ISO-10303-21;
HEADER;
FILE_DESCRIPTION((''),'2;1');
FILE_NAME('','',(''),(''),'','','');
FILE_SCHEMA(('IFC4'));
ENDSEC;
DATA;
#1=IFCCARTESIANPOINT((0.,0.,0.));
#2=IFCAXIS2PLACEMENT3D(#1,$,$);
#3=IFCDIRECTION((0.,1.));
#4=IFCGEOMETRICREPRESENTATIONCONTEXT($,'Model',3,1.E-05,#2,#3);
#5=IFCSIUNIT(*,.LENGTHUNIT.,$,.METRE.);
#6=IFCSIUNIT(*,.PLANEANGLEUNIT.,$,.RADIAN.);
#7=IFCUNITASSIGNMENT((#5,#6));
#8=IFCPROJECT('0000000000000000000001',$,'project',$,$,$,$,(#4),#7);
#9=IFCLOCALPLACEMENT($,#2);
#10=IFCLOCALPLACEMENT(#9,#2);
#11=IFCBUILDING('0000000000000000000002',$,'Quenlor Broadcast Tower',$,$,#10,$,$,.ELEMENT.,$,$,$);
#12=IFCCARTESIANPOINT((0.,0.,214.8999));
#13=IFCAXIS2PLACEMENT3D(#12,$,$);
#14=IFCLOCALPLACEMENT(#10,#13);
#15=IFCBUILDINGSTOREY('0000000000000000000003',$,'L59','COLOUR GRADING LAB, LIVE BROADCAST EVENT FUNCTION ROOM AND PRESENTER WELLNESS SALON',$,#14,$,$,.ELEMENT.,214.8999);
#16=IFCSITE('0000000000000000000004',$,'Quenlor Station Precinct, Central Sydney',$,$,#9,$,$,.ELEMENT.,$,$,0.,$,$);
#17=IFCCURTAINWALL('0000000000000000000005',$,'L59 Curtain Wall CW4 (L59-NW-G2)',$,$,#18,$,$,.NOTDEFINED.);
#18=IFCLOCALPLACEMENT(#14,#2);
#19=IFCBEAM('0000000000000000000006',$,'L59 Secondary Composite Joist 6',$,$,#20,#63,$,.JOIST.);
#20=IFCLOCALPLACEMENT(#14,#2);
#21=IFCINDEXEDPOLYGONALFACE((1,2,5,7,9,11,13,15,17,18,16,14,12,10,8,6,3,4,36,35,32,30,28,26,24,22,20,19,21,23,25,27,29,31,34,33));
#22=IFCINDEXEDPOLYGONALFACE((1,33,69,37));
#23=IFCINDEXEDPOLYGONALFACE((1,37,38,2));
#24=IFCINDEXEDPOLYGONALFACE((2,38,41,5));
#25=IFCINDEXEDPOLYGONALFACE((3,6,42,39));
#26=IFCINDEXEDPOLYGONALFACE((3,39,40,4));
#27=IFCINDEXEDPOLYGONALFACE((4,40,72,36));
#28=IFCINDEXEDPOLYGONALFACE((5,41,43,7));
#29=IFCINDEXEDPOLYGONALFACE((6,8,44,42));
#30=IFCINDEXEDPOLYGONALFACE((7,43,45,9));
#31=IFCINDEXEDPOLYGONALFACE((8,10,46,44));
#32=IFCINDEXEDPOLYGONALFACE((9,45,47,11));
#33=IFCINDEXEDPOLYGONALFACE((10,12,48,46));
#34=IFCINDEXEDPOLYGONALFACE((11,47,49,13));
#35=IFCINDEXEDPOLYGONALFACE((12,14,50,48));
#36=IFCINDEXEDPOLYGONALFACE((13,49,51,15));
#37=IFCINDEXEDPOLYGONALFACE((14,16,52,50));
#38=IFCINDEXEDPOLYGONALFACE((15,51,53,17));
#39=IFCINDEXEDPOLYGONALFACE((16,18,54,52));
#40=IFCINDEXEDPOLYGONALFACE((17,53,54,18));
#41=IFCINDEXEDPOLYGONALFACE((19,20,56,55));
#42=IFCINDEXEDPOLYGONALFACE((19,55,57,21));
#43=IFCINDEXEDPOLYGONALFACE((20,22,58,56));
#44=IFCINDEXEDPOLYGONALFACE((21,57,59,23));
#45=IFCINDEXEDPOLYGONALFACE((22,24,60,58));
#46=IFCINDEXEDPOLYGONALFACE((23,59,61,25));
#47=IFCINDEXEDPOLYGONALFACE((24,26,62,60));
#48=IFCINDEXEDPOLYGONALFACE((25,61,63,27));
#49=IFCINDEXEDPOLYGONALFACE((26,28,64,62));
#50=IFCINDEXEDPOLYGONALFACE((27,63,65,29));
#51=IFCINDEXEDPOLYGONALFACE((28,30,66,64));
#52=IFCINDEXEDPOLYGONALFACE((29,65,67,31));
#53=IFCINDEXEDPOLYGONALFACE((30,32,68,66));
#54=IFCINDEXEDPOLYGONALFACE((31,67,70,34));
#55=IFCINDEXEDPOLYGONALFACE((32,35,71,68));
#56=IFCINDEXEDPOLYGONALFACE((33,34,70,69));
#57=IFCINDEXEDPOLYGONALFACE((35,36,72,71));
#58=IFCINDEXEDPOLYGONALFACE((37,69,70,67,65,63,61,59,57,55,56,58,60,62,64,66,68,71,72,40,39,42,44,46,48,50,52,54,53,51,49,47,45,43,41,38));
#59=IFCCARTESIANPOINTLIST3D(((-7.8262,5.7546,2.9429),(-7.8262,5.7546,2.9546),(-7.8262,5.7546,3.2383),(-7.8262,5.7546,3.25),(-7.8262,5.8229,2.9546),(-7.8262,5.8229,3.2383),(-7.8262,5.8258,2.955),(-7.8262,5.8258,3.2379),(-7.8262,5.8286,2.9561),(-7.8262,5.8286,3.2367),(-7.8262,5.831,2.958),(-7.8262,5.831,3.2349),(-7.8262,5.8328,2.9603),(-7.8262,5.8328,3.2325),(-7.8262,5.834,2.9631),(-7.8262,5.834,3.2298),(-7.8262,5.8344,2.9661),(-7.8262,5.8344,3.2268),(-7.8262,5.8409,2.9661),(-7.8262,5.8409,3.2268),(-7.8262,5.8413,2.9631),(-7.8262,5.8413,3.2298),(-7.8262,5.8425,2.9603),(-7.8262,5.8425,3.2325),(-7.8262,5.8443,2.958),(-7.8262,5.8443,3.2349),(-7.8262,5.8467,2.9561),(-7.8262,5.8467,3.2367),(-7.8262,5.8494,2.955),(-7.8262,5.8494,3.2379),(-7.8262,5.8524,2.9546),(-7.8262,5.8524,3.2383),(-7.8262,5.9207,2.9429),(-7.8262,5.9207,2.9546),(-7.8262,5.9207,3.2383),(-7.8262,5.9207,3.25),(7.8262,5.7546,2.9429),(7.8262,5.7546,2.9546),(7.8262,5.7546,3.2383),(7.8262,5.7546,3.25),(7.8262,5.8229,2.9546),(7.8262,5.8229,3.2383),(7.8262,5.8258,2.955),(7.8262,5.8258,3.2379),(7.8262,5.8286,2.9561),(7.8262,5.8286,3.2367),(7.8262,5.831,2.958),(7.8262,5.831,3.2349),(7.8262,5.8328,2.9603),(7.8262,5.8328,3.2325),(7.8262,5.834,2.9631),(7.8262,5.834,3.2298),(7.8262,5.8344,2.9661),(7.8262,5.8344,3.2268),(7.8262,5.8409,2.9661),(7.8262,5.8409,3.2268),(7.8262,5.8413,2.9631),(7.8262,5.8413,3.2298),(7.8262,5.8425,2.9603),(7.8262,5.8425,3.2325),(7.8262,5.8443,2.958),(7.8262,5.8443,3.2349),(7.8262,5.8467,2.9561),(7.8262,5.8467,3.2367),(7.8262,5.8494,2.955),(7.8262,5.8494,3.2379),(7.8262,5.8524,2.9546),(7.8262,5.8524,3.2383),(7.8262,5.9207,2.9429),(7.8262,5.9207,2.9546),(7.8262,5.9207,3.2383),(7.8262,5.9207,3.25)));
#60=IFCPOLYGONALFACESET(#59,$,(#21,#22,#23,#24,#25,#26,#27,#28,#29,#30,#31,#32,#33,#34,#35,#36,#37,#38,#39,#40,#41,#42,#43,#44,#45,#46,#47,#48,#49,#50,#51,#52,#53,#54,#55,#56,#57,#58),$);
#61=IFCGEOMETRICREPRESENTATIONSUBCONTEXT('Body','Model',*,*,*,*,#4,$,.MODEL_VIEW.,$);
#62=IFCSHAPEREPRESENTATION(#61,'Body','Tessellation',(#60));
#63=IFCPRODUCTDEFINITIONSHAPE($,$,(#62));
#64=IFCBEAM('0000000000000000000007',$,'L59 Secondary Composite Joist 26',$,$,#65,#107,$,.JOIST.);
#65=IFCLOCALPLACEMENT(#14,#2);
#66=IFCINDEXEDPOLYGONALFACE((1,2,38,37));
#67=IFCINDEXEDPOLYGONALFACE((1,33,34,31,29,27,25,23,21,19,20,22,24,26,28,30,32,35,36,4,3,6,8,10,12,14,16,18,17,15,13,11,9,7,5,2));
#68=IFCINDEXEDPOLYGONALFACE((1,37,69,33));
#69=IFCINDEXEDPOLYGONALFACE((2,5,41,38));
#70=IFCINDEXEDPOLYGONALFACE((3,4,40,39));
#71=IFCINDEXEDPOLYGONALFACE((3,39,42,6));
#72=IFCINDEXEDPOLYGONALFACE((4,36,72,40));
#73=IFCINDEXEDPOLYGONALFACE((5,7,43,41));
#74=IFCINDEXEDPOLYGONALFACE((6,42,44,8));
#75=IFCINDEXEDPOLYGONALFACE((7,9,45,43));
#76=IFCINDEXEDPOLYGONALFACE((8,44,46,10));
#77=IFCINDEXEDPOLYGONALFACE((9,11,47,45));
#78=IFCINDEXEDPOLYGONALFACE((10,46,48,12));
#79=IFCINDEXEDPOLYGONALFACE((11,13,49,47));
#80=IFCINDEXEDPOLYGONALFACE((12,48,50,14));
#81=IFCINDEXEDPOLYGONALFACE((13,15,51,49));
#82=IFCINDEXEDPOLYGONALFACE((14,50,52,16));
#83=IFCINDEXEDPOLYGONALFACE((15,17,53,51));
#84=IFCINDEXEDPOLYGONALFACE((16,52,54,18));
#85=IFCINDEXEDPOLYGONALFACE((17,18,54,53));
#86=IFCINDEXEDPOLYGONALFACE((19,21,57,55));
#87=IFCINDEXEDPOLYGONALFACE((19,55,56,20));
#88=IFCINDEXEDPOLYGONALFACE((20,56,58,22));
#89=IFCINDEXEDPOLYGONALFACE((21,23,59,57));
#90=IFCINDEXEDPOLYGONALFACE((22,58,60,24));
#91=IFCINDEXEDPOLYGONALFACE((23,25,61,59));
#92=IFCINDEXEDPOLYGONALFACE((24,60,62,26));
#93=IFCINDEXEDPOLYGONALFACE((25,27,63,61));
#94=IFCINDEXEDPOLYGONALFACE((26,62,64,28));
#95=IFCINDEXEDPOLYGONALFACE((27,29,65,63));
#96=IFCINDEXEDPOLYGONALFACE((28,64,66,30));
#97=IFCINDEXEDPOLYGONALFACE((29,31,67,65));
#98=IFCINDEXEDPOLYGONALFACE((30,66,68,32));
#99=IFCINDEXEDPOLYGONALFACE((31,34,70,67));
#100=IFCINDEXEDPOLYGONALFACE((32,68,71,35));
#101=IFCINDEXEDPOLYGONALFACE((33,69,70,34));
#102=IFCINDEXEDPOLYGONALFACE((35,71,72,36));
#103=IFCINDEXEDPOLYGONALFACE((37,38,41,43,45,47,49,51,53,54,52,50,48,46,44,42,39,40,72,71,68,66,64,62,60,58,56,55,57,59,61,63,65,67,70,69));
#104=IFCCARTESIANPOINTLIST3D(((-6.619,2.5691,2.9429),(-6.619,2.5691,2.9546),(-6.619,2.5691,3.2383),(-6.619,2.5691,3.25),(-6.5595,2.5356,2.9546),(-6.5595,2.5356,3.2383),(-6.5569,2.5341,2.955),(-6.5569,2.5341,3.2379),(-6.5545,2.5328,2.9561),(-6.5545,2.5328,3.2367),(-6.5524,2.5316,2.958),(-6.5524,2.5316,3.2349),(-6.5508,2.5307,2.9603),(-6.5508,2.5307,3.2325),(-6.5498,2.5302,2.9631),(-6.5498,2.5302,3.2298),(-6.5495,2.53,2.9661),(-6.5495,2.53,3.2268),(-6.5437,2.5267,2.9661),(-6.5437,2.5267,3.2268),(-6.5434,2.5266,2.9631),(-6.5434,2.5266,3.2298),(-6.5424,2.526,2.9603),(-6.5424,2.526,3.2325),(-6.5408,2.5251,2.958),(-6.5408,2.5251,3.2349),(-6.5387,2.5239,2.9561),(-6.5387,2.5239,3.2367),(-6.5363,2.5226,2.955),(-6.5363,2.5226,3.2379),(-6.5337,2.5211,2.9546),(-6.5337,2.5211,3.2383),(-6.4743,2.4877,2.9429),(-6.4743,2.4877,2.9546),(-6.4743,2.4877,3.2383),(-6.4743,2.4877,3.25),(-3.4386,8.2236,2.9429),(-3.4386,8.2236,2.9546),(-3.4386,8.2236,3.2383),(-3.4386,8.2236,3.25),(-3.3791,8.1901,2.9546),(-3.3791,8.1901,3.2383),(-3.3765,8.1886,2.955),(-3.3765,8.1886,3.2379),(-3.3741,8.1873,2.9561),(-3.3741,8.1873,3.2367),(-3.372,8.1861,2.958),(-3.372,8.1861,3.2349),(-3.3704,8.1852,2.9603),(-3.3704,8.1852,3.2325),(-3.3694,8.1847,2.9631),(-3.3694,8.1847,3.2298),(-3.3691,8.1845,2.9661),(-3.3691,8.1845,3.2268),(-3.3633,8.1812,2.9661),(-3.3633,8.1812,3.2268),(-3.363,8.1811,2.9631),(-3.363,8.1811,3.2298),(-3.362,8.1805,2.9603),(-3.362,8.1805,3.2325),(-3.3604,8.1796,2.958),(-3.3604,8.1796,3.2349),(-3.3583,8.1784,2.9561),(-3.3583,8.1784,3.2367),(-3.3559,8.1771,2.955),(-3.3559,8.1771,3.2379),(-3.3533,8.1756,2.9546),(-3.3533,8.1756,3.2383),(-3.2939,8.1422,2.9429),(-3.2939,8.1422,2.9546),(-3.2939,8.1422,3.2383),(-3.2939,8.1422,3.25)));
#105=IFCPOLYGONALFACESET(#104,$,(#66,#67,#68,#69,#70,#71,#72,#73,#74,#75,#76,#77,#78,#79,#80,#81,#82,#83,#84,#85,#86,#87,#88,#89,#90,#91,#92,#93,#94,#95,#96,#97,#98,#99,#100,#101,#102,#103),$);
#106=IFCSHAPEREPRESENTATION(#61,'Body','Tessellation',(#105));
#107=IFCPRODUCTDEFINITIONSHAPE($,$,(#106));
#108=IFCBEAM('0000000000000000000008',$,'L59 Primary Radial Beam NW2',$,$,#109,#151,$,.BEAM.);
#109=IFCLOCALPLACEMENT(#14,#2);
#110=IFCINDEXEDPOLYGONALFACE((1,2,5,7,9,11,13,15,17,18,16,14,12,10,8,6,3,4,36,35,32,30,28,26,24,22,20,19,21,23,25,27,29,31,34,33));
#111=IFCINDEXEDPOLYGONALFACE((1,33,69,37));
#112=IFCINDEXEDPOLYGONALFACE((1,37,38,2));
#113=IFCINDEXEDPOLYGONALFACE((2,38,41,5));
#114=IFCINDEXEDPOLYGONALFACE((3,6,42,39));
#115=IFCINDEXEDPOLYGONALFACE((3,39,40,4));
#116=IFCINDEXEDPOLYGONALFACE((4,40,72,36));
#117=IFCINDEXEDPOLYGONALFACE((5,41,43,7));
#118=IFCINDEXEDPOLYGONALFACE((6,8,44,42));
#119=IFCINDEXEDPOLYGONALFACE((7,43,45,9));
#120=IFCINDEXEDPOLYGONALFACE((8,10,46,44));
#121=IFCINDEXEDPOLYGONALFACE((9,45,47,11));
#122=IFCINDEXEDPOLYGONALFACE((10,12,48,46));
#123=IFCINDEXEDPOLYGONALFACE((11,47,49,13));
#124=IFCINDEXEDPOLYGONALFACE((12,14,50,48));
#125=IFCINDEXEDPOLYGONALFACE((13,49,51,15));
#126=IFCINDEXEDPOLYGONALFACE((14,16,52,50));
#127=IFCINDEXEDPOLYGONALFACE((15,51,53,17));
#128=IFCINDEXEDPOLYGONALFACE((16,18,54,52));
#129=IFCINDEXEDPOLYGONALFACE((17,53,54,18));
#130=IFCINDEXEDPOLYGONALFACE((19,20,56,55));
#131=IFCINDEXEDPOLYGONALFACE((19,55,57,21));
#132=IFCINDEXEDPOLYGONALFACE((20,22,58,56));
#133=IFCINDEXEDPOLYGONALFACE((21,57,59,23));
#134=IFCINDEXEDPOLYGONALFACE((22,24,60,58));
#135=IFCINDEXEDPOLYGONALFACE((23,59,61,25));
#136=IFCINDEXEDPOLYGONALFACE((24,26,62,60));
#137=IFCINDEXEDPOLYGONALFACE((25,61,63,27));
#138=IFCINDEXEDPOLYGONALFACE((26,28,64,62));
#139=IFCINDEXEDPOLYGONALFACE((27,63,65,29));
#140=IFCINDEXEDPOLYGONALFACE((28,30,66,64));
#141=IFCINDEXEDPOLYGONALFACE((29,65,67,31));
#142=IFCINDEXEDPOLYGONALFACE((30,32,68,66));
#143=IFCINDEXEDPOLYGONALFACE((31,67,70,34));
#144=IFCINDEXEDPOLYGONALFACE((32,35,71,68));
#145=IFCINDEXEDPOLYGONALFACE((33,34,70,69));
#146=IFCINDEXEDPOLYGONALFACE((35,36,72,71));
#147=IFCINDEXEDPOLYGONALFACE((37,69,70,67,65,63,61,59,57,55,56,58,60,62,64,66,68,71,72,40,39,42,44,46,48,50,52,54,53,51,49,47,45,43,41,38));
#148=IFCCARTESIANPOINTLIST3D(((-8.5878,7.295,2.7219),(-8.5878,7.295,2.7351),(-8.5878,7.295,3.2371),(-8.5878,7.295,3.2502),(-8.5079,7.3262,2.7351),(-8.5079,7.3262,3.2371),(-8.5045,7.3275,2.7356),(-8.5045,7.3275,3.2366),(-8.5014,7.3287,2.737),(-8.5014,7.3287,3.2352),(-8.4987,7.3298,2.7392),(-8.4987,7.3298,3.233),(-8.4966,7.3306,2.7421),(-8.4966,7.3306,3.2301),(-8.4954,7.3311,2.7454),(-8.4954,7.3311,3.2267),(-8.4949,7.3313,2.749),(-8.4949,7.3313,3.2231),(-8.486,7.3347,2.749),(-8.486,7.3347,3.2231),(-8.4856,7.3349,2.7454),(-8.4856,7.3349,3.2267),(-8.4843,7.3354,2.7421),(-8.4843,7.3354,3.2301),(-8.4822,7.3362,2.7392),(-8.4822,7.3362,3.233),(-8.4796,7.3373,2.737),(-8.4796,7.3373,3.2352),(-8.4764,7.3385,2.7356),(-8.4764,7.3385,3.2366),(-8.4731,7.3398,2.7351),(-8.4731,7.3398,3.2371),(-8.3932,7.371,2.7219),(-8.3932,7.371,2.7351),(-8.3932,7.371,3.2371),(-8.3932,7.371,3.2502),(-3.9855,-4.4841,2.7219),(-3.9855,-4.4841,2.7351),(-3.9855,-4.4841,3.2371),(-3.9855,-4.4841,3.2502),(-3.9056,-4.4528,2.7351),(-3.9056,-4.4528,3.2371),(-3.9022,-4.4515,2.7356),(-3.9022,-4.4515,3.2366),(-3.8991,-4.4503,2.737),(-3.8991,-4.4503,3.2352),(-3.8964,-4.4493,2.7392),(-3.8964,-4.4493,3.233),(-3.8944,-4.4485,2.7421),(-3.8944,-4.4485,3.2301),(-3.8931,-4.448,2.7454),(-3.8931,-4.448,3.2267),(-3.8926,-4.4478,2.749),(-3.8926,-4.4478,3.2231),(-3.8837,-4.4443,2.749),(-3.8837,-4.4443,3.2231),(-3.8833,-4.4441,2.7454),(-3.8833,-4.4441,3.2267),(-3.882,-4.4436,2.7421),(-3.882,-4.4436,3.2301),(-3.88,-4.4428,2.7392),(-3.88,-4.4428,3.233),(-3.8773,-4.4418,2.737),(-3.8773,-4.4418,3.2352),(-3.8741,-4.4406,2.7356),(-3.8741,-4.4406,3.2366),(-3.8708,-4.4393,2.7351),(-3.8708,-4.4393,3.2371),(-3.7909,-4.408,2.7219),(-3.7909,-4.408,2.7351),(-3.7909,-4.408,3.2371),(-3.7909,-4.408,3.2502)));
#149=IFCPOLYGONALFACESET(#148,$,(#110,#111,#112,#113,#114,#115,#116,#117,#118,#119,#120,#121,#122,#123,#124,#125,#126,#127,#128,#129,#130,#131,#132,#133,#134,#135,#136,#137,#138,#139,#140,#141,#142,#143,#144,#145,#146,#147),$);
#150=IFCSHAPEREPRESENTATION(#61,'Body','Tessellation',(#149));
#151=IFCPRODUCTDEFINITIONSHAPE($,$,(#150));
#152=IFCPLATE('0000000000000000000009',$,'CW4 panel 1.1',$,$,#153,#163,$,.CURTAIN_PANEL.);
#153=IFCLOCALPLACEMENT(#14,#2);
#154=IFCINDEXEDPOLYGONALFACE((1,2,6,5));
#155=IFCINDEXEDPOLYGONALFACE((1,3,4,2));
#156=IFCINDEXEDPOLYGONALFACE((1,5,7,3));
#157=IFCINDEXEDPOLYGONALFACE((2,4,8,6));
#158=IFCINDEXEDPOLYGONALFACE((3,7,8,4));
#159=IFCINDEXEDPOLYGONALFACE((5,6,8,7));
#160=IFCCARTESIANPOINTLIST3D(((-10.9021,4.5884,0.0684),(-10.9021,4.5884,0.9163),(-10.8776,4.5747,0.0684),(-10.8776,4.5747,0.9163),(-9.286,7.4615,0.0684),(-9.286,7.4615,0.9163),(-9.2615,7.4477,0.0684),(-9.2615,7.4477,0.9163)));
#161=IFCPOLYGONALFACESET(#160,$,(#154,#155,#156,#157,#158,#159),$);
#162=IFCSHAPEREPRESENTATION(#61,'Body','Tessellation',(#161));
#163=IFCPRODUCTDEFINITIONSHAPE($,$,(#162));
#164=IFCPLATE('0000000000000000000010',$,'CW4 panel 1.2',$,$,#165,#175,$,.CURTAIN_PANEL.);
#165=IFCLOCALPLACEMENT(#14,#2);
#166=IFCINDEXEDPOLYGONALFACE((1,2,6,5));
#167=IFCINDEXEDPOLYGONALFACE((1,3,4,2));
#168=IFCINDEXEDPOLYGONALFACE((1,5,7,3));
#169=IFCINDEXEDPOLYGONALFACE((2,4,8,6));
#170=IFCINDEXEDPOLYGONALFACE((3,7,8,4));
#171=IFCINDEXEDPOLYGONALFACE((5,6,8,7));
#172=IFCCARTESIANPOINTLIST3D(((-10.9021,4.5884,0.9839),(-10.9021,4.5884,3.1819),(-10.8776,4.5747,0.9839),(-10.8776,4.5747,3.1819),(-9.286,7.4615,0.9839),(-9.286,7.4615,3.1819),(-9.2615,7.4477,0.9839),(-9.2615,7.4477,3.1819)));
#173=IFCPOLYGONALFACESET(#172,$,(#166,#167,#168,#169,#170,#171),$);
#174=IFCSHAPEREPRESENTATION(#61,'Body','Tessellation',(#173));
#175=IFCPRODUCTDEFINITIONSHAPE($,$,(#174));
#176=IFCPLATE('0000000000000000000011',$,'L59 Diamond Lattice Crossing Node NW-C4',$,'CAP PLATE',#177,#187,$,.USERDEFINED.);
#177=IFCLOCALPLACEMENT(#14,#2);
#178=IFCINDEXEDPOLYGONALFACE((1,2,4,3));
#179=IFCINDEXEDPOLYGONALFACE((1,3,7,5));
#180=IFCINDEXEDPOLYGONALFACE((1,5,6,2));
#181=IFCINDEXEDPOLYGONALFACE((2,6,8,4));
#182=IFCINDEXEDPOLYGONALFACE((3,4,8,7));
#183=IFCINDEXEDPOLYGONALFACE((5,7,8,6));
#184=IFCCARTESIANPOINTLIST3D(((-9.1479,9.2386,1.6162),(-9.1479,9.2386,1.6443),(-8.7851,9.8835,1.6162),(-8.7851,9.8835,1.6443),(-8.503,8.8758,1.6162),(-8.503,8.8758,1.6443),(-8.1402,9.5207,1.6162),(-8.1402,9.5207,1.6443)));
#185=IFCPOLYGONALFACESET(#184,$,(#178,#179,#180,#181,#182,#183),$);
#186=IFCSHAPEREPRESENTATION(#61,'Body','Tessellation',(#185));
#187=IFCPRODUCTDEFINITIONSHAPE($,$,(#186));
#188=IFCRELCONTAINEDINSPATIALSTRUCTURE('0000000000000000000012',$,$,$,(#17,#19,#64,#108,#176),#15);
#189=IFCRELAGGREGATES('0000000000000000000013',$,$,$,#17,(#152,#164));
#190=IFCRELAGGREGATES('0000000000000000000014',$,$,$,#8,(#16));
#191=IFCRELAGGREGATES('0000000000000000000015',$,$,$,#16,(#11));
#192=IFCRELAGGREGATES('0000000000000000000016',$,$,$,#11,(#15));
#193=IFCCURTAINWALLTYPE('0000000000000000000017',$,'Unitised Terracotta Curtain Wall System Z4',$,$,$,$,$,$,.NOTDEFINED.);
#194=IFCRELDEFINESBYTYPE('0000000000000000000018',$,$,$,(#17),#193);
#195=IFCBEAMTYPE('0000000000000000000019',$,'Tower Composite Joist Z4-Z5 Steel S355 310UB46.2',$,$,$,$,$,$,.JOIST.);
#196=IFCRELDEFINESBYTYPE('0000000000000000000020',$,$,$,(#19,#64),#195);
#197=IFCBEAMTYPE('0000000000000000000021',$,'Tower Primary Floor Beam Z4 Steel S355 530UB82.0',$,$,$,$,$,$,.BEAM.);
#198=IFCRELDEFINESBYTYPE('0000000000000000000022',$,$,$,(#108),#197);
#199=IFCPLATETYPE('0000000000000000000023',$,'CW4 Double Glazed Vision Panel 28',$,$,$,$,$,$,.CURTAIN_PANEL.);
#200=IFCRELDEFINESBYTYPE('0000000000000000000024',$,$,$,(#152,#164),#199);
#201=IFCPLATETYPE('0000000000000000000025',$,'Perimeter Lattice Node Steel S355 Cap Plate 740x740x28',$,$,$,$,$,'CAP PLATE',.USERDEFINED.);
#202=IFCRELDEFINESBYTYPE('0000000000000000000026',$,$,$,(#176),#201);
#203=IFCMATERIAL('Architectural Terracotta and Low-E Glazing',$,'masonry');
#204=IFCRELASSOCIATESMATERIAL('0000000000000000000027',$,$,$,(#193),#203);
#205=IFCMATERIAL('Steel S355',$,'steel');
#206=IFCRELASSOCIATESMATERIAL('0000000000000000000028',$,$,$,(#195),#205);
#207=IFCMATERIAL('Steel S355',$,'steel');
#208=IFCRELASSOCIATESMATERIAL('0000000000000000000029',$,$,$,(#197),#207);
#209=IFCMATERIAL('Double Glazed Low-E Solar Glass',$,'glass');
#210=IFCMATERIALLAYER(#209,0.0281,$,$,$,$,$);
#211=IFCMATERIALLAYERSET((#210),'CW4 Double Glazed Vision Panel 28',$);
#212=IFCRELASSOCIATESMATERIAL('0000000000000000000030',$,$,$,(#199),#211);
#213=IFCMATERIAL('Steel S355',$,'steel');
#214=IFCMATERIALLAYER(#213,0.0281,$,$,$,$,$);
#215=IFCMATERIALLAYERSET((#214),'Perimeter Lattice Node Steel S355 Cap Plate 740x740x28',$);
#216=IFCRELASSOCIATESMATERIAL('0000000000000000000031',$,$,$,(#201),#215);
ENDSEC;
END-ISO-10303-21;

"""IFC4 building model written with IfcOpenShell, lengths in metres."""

from ifc_helpers import new_model, si_unit, direction, frame, origin, origin_2d, place, context, subcontext, project, spatial, rectangle, i_section, extrude, material, layer, layer_set, material_profile, profile_set, type_object, element, aggregate, save


model = new_model("IFC4")

# Units and contexts
model_context = context("Model", 3, precision=1e-05, world=origin(), true_north=direction((0.0, 1.0)))
body_context = subcontext(model_context, "Body", "Model", "MODEL_VIEW")
ifc_project = project(units=[si_unit("LENGTHUNIT", "METRE"), si_unit("PLANEANGLEUNIT", "RADIAN")], contexts=[model_context])

# Site, building, storey
site_placement = place(None, origin())
site = spatial("IfcSite", under=ifc_project, at=site_placement, Name="Quenlor Station Precinct, Central Sydney", CompositionType="ELEMENT", RefElevation=0.0)
building_placement = place(site_placement, origin())
building = spatial("IfcBuilding", under=site, at=building_placement, Name="Quenlor Broadcast Tower", CompositionType="ELEMENT")
storey_placement = place(building_placement, frame((0.0, 0.0, 214.8999)))
storey = spatial("IfcBuildingStorey", under=building, at=storey_placement, Name="L59", Description="COLOUR GRADING LAB, LIVE BROADCAST EVENT FUNCTION ROOM AND PRESENTER WELLNESS SALON", CompositionType="ELEMENT", Elevation=214.8999)

# Curtain wall
ifc_material_1 = material(Name="Architectural Terracotta and Low-E Glazing", Category="masonry")
curtain_wall_type = type_object("IfcCurtainWallType", Name="Unitised Terracotta Curtain Wall System Z4", PredefinedType="NOTDEFINED", material=ifc_material_1)
curtain_wall_1_placement = place(storey_placement, origin())
curtain_wall_1 = element("IfcCurtainWall", 1, at=curtain_wall_1_placement, inside=storey, type_object=curtain_wall_type, Name="L59 Curtain Wall CW4 (L59-NW-G2)", PredefinedType="NOTDEFINED")

# Beams
ifc_material_2 = material(Name="Steel S355", Category="steel")
ifc_material_profile_1 = material_profile(ifc_material_2, i_section(OverallWidth=0.166, OverallDepth=0.3071, WebThickness=0.0066, FlangeThickness=0.0117, FilletRadius=0.0115, at=origin_2d()))
ifc_profile_set_1 = profile_set([ifc_material_profile_1], Name="Steel S355 310UB46.2")
beam_type_1 = type_object("IfcBeamType", Name="Tower Composite Joist Z4-Z5 Steel S355 310UB46.2", PredefinedType="JOIST", material=ifc_profile_set_1)
beam_1_placement = place(storey_placement, frame((-7.8262, 5.8376, 3.0964), z_axis=(1.0, 0.0, 0.0), x_axis=(0.0, 1.0, 0.0)))
element("IfcBeam", 2, at=beam_1_placement, inside=storey, type_object=beam_type_1, Name="L59 Secondary Composite Joist 6", PredefinedType="JOIST", context=body_context, shape_type="SweptSolid", body=[
    extrude(i_section(OverallWidth=0.166, OverallDepth=0.3071, WebThickness=0.0066, FlangeThickness=0.0117, FilletRadius=0.0115, at=origin_2d()), origin(), (0.0, 0.0, 1.0), 15.6523),
])
beam_2_placement = place(storey_placement, frame((-3.3662, 8.1829, 3.0964), z_axis=(-0.490231, -0.871593, 0.0), x_axis=(0.871593, -0.490231, 0.0)))
element("IfcBeam", 3, at=beam_2_placement, inside=storey, type_object=beam_type_1, Name="L59 Secondary Composite Joist 26", PredefinedType="JOIST", context=body_context, shape_type="SweptSolid", body=[
    extrude(i_section(OverallWidth=0.166, OverallDepth=0.3071, WebThickness=0.0066, FlangeThickness=0.0117, FilletRadius=0.0115, at=origin_2d()), origin(), (0.0, 0.0, 1.0), 6.4875),
])
ifc_material_3 = material(Name="Steel S355", Category="steel")
ifc_material_profile_2 = material_profile(ifc_material_3, i_section(OverallWidth=0.209, OverallDepth=0.5283, WebThickness=0.0095, FlangeThickness=0.0132, FilletRadius=0.0139, at=origin_2d()))
ifc_profile_set_2 = profile_set([ifc_material_profile_2], Name="Steel S355 530UB82.0")
beam_type_2 = type_object("IfcBeamType", Name="Tower Primary Floor Beam Z4 Steel S355 530UB82.0", PredefinedType="BEAM", material=ifc_profile_set_2)
beam_3_placement = place(storey_placement, frame((-8.4905, 7.333, 2.9861), z_axis=(0.363926, -0.931428, 0.0), x_axis=(0.931428, 0.363926, 0.0)))
element("IfcBeam", 4, at=beam_3_placement, inside=storey, type_object=beam_type_2, Name="L59 Primary Radial Beam NW2", PredefinedType="BEAM", context=body_context, shape_type="SweptSolid", body=[
    extrude(i_section(OverallWidth=0.209, OverallDepth=0.5283, WebThickness=0.0095, FlangeThickness=0.0132, FilletRadius=0.0139, at=origin_2d()), origin(), (0.0, 0.0, 1.0), 12.6462),
])

# Plates
ifc_material_4 = material(Name="Double Glazed Low-E Solar Glass", Category="glass")
ifc_layer_1 = layer(ifc_material_4, 0.0281)
ifc_layer_set_1 = layer_set([ifc_layer_1], Name="CW4 Double Glazed Vision Panel 28")
plate_type_1 = type_object("IfcPlateType", Name="CW4 Double Glazed Vision Panel 28", PredefinedType="CURTAIN_PANEL", material=ifc_layer_set_1)
plate_1_placement = place(storey_placement, frame((-10.0818, 6.0181, 0.0684), z_axis=(0.0, 0.0, 1.0), x_axis=(0.490257, 0.871578, 0.0)))
plate_1 = element("IfcPlate", 5, at=plate_1_placement, type_object=plate_type_1, Name="CW4 panel 1.1", PredefinedType="CURTAIN_PANEL", context=body_context, shape_type="SweptSolid", body=[
    extrude(rectangle(XDim=3.2964, YDim=0.0281, at=origin_2d()), origin(), (0.0, 0.0, 1.0), 0.8479),
])
plate_2_placement = place(storey_placement, frame((-10.0818, 6.0181, 0.9839), z_axis=(0.0, 0.0, 1.0), x_axis=(0.490257, 0.871578, 0.0)))
plate_2 = element("IfcPlate", 6, at=plate_2_placement, type_object=plate_type_1, Name="CW4 panel 1.2", PredefinedType="CURTAIN_PANEL", context=body_context, shape_type="SweptSolid", body=[
    extrude(rectangle(XDim=3.2964, YDim=0.0281, at=origin_2d()), origin(), (0.0, 0.0, 1.0), 2.198),
])
aggregate(curtain_wall_1, [plate_1, plate_2])

# Plate
ifc_material_5 = material(Name="Steel S355", Category="steel")
ifc_layer_2 = layer(ifc_material_5, 0.0281)
ifc_layer_set_2 = layer_set([ifc_layer_2], Name="Perimeter Lattice Node Steel S355 Cap Plate 740x740x28")
plate_type_2 = type_object("IfcPlateType", Name="Perimeter Lattice Node Steel S355 Cap Plate 740x740x28", ElementType="CAP PLATE", PredefinedType="USERDEFINED", material=ifc_layer_set_2)
plate_3_placement = place(storey_placement, frame((-8.644, 9.3796, 1.6162), z_axis=(0.0, 0.0, 1.0), x_axis=(0.490295, 0.871556, 0.0)))
element("IfcPlate", 7, at=plate_3_placement, inside=storey, type_object=plate_type_2, Name="L59 Diamond Lattice Crossing Node NW-C4", ObjectType="CAP PLATE", PredefinedType="USERDEFINED", context=body_context, shape_type="SweptSolid", body=[
    extrude(rectangle(XDim=0.74, YDim=0.74, at=origin_2d()), origin(), (0.0, 0.0, 1.0), 0.0281),
])

save(model, "model.ifc")
